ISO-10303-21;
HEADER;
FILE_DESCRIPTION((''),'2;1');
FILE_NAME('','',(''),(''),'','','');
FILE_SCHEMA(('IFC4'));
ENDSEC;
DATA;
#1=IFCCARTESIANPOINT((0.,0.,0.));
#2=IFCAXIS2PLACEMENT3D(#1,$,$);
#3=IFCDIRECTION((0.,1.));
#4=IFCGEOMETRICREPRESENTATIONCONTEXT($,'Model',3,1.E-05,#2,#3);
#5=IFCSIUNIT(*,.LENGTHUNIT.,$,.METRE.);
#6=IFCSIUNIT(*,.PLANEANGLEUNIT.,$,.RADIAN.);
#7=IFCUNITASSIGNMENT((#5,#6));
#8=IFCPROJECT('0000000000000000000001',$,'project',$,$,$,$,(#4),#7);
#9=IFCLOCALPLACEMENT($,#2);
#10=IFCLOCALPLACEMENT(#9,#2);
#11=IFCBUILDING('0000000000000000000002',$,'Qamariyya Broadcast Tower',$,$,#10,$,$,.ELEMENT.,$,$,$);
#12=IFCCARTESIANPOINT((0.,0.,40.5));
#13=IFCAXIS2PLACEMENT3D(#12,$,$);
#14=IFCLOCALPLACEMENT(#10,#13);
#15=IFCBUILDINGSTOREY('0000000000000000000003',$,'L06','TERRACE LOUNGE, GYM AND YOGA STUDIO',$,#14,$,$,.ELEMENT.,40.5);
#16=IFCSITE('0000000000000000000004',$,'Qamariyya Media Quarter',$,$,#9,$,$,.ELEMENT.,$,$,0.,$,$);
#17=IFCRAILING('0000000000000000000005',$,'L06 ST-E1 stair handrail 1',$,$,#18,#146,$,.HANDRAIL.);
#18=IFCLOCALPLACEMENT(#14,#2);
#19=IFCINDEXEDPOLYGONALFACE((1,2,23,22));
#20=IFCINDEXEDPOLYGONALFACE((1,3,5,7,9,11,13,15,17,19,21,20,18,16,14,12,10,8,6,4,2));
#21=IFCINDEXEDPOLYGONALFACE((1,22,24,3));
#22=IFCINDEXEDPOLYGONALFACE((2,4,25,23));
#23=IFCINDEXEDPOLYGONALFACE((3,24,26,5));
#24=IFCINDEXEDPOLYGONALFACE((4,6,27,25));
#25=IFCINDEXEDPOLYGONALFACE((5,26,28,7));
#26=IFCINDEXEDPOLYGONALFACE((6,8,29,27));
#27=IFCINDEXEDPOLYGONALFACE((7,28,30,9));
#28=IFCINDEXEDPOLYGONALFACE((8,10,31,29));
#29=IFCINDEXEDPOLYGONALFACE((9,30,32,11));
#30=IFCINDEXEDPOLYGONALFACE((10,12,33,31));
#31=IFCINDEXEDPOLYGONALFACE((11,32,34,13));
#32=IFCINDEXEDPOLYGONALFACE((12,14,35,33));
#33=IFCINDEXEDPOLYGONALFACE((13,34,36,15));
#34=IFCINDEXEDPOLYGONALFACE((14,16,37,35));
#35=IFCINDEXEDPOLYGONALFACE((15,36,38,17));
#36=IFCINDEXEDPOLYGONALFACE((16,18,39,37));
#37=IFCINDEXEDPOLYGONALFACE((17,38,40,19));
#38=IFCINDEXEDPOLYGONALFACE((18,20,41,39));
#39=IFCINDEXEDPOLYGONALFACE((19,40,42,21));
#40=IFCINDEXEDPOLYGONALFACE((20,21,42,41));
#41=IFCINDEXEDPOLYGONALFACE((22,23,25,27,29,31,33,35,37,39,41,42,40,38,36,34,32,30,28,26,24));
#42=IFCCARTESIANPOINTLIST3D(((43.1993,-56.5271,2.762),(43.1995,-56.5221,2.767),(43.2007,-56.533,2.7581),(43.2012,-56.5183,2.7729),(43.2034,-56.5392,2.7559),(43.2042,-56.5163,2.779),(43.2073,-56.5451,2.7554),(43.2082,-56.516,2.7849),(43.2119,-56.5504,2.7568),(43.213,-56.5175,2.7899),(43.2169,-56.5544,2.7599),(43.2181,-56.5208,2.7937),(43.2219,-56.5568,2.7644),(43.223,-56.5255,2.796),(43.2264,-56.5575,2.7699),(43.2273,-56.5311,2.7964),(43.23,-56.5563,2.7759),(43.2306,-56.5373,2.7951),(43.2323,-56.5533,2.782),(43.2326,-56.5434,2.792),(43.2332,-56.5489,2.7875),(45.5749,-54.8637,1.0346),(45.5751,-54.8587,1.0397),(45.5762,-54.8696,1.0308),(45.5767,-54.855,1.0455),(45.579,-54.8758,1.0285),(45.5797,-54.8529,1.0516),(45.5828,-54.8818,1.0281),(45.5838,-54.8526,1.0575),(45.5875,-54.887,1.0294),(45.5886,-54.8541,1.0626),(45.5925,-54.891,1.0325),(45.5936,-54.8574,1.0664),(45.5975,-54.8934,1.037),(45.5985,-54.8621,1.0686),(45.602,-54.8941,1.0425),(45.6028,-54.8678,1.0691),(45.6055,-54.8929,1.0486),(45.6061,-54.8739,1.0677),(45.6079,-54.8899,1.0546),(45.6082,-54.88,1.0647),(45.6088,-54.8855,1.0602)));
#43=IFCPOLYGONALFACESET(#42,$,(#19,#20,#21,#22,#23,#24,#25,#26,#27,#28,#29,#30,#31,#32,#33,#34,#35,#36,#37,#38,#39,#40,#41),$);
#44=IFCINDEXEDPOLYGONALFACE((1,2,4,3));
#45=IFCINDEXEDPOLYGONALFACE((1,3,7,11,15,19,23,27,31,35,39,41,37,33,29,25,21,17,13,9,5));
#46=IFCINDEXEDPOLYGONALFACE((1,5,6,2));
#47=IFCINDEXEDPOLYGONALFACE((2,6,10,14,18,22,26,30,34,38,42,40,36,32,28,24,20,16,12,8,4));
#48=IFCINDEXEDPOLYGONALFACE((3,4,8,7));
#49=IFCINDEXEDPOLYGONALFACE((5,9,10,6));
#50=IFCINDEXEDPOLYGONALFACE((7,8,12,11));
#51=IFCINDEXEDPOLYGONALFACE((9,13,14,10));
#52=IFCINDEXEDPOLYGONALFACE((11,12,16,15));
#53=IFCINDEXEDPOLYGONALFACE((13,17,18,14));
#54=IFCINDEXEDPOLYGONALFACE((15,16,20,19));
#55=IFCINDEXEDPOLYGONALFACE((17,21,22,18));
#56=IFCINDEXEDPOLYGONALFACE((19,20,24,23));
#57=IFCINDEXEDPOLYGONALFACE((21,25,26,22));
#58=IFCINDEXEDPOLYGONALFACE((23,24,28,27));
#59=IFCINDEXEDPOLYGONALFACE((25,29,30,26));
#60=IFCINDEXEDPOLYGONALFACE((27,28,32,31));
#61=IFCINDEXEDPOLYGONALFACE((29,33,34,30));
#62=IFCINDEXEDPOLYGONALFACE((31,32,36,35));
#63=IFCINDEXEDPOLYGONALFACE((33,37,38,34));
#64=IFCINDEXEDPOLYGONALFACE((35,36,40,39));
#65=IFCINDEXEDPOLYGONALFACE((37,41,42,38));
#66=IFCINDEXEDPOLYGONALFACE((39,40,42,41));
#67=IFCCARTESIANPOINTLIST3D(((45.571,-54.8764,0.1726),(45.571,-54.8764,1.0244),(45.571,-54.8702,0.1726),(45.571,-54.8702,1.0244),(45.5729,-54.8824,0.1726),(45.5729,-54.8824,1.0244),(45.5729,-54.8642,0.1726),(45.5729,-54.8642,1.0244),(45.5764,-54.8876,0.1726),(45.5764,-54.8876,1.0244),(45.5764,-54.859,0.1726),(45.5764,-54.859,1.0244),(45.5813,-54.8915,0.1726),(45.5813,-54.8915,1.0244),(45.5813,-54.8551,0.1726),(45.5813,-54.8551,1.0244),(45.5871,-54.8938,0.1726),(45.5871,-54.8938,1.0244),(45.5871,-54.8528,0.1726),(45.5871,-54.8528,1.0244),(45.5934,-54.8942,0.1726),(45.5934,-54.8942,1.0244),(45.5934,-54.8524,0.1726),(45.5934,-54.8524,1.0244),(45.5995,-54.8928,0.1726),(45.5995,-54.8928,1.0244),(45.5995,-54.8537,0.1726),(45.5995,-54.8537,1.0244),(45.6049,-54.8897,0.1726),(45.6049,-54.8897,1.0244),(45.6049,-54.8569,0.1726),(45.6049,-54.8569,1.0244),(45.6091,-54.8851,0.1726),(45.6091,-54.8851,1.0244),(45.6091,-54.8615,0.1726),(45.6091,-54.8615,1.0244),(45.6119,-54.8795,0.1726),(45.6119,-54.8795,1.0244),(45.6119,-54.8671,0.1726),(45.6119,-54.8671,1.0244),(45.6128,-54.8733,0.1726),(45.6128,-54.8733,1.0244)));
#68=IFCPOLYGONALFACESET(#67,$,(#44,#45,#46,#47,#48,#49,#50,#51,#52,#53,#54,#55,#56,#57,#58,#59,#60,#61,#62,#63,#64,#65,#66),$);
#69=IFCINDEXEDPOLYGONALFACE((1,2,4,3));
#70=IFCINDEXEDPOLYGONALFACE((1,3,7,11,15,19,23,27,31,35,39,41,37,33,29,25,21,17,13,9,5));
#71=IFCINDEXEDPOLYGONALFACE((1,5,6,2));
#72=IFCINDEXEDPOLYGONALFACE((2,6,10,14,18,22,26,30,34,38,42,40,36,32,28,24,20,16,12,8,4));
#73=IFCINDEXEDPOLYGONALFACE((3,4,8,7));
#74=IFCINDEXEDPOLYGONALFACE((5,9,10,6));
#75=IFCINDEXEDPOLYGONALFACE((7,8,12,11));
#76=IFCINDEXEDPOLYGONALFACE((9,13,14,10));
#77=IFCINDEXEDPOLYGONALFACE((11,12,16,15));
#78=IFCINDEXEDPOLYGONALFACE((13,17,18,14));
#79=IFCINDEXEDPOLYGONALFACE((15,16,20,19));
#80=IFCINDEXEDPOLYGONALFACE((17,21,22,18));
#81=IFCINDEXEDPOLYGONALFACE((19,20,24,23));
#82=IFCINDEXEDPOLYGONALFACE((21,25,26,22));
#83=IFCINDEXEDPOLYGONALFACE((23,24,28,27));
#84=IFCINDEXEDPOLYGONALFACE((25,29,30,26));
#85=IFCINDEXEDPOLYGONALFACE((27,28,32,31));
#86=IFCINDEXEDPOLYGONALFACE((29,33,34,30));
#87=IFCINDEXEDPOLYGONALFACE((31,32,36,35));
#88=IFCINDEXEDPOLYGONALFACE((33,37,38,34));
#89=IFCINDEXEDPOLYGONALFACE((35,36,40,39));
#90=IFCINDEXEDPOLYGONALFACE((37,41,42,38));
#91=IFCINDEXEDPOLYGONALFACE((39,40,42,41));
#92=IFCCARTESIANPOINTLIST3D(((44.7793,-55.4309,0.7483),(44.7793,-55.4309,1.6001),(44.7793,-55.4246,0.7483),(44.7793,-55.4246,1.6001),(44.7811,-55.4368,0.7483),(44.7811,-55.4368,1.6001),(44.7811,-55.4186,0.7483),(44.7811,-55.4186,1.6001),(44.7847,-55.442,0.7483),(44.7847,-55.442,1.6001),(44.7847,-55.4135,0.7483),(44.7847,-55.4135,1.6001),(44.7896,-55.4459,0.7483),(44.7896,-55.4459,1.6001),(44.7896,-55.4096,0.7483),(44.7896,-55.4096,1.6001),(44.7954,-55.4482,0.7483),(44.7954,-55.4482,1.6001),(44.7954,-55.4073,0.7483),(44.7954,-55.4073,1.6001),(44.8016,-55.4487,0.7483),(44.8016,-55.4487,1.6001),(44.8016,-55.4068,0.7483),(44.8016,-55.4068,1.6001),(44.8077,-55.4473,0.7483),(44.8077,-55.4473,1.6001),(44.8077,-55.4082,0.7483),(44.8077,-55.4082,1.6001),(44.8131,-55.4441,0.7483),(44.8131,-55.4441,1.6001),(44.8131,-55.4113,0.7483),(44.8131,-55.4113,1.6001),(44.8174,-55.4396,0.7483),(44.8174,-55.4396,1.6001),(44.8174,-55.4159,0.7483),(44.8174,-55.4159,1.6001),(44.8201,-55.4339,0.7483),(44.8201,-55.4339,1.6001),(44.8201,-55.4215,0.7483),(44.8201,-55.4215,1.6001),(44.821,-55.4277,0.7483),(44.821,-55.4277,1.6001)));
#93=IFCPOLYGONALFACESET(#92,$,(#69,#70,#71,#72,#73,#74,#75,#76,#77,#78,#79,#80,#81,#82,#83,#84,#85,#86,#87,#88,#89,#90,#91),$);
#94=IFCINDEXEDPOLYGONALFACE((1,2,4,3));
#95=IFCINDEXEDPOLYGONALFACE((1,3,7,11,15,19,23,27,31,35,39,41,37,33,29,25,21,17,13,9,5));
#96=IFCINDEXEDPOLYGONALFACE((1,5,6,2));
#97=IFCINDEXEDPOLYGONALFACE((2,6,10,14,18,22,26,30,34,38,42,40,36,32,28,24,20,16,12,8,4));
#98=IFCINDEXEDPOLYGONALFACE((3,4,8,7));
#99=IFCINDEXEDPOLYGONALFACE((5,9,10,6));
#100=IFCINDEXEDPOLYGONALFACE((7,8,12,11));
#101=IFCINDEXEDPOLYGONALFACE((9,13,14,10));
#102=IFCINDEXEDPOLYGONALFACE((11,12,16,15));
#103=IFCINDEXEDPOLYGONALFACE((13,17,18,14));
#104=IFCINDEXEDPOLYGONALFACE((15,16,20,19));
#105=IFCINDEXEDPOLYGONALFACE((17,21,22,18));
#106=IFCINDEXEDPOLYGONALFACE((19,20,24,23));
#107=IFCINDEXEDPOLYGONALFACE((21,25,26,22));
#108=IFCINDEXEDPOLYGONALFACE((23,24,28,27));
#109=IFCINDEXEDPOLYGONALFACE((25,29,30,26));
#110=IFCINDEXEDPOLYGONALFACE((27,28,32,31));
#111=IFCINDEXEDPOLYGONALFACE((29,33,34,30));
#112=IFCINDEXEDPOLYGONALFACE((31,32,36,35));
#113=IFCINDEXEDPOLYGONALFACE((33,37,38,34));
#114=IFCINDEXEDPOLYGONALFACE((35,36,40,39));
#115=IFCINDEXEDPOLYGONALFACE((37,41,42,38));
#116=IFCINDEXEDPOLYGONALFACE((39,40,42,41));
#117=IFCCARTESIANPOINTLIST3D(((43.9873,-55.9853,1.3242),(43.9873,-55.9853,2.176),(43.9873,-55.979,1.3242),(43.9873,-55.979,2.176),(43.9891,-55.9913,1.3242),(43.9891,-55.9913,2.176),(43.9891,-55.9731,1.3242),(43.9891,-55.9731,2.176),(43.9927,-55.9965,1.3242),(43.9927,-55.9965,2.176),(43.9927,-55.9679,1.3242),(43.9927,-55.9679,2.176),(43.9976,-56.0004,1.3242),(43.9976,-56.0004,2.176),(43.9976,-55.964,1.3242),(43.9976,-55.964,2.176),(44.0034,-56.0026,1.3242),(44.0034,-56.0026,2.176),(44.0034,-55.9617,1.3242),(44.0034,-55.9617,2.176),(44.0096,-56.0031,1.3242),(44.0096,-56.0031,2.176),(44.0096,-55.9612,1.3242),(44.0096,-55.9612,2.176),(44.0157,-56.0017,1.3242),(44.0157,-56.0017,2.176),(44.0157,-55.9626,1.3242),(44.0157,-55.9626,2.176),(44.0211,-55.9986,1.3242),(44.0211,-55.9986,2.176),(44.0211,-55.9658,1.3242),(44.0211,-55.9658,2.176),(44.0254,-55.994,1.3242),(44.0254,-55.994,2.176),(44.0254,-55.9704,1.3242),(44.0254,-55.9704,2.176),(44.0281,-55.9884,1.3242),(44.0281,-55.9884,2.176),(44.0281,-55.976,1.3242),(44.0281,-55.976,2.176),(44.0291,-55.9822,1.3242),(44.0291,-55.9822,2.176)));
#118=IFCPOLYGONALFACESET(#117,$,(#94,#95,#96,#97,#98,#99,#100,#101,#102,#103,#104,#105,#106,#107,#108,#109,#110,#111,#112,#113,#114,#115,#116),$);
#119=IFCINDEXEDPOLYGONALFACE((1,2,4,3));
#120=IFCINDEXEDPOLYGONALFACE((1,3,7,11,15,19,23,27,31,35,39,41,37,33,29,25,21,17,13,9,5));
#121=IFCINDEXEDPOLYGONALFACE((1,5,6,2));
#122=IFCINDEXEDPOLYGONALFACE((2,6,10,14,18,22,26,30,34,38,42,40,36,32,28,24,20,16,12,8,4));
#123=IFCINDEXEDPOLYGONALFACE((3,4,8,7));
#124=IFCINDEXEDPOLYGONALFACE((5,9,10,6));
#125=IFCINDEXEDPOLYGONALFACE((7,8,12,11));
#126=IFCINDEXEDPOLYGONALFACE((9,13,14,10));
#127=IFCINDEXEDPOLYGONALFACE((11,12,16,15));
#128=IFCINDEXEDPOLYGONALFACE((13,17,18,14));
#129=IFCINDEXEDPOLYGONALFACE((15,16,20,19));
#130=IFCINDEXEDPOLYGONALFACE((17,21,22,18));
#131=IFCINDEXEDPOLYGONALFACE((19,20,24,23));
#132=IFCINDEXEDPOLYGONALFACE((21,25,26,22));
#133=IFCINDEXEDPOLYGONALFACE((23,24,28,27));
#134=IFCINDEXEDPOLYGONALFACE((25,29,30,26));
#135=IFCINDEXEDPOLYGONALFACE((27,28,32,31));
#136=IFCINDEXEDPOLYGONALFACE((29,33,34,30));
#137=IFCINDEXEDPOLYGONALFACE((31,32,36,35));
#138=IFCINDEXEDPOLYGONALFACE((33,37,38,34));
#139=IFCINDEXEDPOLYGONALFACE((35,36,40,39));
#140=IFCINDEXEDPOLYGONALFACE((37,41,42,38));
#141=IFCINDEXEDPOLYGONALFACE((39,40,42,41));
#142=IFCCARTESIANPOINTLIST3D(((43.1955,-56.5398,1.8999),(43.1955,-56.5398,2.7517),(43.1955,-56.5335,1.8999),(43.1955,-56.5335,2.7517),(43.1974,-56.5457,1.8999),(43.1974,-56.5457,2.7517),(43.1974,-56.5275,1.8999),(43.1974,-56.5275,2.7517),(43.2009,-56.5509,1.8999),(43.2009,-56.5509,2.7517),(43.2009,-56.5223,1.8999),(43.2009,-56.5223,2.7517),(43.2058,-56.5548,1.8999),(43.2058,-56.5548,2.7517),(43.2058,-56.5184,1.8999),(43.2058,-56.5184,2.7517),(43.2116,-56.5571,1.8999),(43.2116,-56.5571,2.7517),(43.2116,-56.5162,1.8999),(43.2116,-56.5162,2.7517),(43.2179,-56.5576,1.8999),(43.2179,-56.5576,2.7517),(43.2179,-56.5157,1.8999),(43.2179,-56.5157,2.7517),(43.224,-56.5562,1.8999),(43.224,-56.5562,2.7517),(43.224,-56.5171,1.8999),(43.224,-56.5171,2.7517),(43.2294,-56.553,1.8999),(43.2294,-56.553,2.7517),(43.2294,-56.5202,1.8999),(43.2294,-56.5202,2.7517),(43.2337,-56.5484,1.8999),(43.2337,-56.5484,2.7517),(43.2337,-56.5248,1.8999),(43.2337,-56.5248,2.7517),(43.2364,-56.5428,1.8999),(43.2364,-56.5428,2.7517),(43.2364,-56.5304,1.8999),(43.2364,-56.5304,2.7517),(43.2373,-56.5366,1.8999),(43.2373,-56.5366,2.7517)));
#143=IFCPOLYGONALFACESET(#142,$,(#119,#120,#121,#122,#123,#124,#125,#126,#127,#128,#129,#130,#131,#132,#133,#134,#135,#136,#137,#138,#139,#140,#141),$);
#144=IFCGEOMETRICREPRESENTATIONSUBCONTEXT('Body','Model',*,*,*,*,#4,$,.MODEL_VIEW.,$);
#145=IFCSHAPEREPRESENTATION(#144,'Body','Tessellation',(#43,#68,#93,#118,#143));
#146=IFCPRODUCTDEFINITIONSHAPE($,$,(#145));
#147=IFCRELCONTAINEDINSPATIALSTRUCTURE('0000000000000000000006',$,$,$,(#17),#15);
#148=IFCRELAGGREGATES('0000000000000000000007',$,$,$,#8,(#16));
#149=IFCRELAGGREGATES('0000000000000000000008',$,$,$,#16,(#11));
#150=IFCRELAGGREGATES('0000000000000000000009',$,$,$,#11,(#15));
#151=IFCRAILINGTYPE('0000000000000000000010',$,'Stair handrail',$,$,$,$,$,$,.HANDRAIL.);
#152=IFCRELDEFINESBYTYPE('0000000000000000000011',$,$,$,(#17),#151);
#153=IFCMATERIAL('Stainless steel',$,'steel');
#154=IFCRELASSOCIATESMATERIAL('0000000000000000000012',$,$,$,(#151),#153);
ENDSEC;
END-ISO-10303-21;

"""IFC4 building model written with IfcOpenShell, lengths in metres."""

from ifc_helpers import new_model, si_unit, direction, frame, origin, origin_2d, place, context, subcontext, project, spatial, circle, extrude, material, type_object, element, save


model = new_model("IFC4")

# Units and contexts
model_context = context("Model", 3, precision=1e-05, world=origin(), true_north=direction((0.0, 1.0)))
body_context = subcontext(model_context, "Body", "Model", "MODEL_VIEW")
ifc_project = project(units=[si_unit("LENGTHUNIT", "METRE"), si_unit("PLANEANGLEUNIT", "RADIAN")], contexts=[model_context])

# Site, building, storey
site_placement = place(None, origin())
site = spatial("IfcSite", under=ifc_project, at=site_placement, Name="Qamariyya Media Quarter", CompositionType="ELEMENT", RefElevation=0.0)
building_placement = place(site_placement, origin())
building = spatial("IfcBuilding", under=site, at=building_placement, Name="Qamariyya Broadcast Tower", CompositionType="ELEMENT")
storey_placement = place(building_placement, frame((0.0, 0.0, 40.5)))
storey = spatial("IfcBuildingStorey", under=building, at=storey_placement, Name="L06", Description="TERRACE LOUNGE, GYM AND YOGA STUDIO", CompositionType="ELEMENT", Elevation=40.5)

# Railing
ifc_material_1 = material(Name="Stainless steel", Category="steel")
railing_type_1 = type_object("IfcRailingType", Name="Stair handrail", PredefinedType="HANDRAIL", material=ifc_material_1)
railing_1_placement = place(storey_placement, frame((45.5918, -54.8733, 0.1726)))
element("IfcRailing", 1, at=railing_1_placement, inside=storey, type_object=railing_type_1, Name="L06 ST-E1 stair handrail 1", PredefinedType="HANDRAIL", context=body_context, shape_type="SweptSolid", body=[
    extrude(circle(Radius=0.0239, at=origin_2d()), frame((0.0, 0.0, 0.876), z_axis=(-0.70377, -0.492784, 0.511734), x_axis=(0.573575, -0.819153, 0.0)), (0.0, 0.0, 1.0), 3.3755),
    extrude(circle(Radius=0.021, at=origin_2d()), origin(), (0.0, 0.0, 1.0), 0.8518),
    extrude(circle(Radius=0.021, at=origin_2d()), frame((-0.7917, -0.5544, 0.5757)), (0.0, 0.0, 1.0), 0.8518),
    extrude(circle(Radius=0.021, at=origin_2d()), frame((-1.5837, -1.1089, 1.1516)), (0.0, 0.0, 1.0), 0.8518),
    extrude(circle(Radius=0.021, at=origin_2d()), frame((-2.3755, -1.6633, 1.7273)), (0.0, 0.0, 1.0), 0.8518),
])

save(model, "model.ifc")
